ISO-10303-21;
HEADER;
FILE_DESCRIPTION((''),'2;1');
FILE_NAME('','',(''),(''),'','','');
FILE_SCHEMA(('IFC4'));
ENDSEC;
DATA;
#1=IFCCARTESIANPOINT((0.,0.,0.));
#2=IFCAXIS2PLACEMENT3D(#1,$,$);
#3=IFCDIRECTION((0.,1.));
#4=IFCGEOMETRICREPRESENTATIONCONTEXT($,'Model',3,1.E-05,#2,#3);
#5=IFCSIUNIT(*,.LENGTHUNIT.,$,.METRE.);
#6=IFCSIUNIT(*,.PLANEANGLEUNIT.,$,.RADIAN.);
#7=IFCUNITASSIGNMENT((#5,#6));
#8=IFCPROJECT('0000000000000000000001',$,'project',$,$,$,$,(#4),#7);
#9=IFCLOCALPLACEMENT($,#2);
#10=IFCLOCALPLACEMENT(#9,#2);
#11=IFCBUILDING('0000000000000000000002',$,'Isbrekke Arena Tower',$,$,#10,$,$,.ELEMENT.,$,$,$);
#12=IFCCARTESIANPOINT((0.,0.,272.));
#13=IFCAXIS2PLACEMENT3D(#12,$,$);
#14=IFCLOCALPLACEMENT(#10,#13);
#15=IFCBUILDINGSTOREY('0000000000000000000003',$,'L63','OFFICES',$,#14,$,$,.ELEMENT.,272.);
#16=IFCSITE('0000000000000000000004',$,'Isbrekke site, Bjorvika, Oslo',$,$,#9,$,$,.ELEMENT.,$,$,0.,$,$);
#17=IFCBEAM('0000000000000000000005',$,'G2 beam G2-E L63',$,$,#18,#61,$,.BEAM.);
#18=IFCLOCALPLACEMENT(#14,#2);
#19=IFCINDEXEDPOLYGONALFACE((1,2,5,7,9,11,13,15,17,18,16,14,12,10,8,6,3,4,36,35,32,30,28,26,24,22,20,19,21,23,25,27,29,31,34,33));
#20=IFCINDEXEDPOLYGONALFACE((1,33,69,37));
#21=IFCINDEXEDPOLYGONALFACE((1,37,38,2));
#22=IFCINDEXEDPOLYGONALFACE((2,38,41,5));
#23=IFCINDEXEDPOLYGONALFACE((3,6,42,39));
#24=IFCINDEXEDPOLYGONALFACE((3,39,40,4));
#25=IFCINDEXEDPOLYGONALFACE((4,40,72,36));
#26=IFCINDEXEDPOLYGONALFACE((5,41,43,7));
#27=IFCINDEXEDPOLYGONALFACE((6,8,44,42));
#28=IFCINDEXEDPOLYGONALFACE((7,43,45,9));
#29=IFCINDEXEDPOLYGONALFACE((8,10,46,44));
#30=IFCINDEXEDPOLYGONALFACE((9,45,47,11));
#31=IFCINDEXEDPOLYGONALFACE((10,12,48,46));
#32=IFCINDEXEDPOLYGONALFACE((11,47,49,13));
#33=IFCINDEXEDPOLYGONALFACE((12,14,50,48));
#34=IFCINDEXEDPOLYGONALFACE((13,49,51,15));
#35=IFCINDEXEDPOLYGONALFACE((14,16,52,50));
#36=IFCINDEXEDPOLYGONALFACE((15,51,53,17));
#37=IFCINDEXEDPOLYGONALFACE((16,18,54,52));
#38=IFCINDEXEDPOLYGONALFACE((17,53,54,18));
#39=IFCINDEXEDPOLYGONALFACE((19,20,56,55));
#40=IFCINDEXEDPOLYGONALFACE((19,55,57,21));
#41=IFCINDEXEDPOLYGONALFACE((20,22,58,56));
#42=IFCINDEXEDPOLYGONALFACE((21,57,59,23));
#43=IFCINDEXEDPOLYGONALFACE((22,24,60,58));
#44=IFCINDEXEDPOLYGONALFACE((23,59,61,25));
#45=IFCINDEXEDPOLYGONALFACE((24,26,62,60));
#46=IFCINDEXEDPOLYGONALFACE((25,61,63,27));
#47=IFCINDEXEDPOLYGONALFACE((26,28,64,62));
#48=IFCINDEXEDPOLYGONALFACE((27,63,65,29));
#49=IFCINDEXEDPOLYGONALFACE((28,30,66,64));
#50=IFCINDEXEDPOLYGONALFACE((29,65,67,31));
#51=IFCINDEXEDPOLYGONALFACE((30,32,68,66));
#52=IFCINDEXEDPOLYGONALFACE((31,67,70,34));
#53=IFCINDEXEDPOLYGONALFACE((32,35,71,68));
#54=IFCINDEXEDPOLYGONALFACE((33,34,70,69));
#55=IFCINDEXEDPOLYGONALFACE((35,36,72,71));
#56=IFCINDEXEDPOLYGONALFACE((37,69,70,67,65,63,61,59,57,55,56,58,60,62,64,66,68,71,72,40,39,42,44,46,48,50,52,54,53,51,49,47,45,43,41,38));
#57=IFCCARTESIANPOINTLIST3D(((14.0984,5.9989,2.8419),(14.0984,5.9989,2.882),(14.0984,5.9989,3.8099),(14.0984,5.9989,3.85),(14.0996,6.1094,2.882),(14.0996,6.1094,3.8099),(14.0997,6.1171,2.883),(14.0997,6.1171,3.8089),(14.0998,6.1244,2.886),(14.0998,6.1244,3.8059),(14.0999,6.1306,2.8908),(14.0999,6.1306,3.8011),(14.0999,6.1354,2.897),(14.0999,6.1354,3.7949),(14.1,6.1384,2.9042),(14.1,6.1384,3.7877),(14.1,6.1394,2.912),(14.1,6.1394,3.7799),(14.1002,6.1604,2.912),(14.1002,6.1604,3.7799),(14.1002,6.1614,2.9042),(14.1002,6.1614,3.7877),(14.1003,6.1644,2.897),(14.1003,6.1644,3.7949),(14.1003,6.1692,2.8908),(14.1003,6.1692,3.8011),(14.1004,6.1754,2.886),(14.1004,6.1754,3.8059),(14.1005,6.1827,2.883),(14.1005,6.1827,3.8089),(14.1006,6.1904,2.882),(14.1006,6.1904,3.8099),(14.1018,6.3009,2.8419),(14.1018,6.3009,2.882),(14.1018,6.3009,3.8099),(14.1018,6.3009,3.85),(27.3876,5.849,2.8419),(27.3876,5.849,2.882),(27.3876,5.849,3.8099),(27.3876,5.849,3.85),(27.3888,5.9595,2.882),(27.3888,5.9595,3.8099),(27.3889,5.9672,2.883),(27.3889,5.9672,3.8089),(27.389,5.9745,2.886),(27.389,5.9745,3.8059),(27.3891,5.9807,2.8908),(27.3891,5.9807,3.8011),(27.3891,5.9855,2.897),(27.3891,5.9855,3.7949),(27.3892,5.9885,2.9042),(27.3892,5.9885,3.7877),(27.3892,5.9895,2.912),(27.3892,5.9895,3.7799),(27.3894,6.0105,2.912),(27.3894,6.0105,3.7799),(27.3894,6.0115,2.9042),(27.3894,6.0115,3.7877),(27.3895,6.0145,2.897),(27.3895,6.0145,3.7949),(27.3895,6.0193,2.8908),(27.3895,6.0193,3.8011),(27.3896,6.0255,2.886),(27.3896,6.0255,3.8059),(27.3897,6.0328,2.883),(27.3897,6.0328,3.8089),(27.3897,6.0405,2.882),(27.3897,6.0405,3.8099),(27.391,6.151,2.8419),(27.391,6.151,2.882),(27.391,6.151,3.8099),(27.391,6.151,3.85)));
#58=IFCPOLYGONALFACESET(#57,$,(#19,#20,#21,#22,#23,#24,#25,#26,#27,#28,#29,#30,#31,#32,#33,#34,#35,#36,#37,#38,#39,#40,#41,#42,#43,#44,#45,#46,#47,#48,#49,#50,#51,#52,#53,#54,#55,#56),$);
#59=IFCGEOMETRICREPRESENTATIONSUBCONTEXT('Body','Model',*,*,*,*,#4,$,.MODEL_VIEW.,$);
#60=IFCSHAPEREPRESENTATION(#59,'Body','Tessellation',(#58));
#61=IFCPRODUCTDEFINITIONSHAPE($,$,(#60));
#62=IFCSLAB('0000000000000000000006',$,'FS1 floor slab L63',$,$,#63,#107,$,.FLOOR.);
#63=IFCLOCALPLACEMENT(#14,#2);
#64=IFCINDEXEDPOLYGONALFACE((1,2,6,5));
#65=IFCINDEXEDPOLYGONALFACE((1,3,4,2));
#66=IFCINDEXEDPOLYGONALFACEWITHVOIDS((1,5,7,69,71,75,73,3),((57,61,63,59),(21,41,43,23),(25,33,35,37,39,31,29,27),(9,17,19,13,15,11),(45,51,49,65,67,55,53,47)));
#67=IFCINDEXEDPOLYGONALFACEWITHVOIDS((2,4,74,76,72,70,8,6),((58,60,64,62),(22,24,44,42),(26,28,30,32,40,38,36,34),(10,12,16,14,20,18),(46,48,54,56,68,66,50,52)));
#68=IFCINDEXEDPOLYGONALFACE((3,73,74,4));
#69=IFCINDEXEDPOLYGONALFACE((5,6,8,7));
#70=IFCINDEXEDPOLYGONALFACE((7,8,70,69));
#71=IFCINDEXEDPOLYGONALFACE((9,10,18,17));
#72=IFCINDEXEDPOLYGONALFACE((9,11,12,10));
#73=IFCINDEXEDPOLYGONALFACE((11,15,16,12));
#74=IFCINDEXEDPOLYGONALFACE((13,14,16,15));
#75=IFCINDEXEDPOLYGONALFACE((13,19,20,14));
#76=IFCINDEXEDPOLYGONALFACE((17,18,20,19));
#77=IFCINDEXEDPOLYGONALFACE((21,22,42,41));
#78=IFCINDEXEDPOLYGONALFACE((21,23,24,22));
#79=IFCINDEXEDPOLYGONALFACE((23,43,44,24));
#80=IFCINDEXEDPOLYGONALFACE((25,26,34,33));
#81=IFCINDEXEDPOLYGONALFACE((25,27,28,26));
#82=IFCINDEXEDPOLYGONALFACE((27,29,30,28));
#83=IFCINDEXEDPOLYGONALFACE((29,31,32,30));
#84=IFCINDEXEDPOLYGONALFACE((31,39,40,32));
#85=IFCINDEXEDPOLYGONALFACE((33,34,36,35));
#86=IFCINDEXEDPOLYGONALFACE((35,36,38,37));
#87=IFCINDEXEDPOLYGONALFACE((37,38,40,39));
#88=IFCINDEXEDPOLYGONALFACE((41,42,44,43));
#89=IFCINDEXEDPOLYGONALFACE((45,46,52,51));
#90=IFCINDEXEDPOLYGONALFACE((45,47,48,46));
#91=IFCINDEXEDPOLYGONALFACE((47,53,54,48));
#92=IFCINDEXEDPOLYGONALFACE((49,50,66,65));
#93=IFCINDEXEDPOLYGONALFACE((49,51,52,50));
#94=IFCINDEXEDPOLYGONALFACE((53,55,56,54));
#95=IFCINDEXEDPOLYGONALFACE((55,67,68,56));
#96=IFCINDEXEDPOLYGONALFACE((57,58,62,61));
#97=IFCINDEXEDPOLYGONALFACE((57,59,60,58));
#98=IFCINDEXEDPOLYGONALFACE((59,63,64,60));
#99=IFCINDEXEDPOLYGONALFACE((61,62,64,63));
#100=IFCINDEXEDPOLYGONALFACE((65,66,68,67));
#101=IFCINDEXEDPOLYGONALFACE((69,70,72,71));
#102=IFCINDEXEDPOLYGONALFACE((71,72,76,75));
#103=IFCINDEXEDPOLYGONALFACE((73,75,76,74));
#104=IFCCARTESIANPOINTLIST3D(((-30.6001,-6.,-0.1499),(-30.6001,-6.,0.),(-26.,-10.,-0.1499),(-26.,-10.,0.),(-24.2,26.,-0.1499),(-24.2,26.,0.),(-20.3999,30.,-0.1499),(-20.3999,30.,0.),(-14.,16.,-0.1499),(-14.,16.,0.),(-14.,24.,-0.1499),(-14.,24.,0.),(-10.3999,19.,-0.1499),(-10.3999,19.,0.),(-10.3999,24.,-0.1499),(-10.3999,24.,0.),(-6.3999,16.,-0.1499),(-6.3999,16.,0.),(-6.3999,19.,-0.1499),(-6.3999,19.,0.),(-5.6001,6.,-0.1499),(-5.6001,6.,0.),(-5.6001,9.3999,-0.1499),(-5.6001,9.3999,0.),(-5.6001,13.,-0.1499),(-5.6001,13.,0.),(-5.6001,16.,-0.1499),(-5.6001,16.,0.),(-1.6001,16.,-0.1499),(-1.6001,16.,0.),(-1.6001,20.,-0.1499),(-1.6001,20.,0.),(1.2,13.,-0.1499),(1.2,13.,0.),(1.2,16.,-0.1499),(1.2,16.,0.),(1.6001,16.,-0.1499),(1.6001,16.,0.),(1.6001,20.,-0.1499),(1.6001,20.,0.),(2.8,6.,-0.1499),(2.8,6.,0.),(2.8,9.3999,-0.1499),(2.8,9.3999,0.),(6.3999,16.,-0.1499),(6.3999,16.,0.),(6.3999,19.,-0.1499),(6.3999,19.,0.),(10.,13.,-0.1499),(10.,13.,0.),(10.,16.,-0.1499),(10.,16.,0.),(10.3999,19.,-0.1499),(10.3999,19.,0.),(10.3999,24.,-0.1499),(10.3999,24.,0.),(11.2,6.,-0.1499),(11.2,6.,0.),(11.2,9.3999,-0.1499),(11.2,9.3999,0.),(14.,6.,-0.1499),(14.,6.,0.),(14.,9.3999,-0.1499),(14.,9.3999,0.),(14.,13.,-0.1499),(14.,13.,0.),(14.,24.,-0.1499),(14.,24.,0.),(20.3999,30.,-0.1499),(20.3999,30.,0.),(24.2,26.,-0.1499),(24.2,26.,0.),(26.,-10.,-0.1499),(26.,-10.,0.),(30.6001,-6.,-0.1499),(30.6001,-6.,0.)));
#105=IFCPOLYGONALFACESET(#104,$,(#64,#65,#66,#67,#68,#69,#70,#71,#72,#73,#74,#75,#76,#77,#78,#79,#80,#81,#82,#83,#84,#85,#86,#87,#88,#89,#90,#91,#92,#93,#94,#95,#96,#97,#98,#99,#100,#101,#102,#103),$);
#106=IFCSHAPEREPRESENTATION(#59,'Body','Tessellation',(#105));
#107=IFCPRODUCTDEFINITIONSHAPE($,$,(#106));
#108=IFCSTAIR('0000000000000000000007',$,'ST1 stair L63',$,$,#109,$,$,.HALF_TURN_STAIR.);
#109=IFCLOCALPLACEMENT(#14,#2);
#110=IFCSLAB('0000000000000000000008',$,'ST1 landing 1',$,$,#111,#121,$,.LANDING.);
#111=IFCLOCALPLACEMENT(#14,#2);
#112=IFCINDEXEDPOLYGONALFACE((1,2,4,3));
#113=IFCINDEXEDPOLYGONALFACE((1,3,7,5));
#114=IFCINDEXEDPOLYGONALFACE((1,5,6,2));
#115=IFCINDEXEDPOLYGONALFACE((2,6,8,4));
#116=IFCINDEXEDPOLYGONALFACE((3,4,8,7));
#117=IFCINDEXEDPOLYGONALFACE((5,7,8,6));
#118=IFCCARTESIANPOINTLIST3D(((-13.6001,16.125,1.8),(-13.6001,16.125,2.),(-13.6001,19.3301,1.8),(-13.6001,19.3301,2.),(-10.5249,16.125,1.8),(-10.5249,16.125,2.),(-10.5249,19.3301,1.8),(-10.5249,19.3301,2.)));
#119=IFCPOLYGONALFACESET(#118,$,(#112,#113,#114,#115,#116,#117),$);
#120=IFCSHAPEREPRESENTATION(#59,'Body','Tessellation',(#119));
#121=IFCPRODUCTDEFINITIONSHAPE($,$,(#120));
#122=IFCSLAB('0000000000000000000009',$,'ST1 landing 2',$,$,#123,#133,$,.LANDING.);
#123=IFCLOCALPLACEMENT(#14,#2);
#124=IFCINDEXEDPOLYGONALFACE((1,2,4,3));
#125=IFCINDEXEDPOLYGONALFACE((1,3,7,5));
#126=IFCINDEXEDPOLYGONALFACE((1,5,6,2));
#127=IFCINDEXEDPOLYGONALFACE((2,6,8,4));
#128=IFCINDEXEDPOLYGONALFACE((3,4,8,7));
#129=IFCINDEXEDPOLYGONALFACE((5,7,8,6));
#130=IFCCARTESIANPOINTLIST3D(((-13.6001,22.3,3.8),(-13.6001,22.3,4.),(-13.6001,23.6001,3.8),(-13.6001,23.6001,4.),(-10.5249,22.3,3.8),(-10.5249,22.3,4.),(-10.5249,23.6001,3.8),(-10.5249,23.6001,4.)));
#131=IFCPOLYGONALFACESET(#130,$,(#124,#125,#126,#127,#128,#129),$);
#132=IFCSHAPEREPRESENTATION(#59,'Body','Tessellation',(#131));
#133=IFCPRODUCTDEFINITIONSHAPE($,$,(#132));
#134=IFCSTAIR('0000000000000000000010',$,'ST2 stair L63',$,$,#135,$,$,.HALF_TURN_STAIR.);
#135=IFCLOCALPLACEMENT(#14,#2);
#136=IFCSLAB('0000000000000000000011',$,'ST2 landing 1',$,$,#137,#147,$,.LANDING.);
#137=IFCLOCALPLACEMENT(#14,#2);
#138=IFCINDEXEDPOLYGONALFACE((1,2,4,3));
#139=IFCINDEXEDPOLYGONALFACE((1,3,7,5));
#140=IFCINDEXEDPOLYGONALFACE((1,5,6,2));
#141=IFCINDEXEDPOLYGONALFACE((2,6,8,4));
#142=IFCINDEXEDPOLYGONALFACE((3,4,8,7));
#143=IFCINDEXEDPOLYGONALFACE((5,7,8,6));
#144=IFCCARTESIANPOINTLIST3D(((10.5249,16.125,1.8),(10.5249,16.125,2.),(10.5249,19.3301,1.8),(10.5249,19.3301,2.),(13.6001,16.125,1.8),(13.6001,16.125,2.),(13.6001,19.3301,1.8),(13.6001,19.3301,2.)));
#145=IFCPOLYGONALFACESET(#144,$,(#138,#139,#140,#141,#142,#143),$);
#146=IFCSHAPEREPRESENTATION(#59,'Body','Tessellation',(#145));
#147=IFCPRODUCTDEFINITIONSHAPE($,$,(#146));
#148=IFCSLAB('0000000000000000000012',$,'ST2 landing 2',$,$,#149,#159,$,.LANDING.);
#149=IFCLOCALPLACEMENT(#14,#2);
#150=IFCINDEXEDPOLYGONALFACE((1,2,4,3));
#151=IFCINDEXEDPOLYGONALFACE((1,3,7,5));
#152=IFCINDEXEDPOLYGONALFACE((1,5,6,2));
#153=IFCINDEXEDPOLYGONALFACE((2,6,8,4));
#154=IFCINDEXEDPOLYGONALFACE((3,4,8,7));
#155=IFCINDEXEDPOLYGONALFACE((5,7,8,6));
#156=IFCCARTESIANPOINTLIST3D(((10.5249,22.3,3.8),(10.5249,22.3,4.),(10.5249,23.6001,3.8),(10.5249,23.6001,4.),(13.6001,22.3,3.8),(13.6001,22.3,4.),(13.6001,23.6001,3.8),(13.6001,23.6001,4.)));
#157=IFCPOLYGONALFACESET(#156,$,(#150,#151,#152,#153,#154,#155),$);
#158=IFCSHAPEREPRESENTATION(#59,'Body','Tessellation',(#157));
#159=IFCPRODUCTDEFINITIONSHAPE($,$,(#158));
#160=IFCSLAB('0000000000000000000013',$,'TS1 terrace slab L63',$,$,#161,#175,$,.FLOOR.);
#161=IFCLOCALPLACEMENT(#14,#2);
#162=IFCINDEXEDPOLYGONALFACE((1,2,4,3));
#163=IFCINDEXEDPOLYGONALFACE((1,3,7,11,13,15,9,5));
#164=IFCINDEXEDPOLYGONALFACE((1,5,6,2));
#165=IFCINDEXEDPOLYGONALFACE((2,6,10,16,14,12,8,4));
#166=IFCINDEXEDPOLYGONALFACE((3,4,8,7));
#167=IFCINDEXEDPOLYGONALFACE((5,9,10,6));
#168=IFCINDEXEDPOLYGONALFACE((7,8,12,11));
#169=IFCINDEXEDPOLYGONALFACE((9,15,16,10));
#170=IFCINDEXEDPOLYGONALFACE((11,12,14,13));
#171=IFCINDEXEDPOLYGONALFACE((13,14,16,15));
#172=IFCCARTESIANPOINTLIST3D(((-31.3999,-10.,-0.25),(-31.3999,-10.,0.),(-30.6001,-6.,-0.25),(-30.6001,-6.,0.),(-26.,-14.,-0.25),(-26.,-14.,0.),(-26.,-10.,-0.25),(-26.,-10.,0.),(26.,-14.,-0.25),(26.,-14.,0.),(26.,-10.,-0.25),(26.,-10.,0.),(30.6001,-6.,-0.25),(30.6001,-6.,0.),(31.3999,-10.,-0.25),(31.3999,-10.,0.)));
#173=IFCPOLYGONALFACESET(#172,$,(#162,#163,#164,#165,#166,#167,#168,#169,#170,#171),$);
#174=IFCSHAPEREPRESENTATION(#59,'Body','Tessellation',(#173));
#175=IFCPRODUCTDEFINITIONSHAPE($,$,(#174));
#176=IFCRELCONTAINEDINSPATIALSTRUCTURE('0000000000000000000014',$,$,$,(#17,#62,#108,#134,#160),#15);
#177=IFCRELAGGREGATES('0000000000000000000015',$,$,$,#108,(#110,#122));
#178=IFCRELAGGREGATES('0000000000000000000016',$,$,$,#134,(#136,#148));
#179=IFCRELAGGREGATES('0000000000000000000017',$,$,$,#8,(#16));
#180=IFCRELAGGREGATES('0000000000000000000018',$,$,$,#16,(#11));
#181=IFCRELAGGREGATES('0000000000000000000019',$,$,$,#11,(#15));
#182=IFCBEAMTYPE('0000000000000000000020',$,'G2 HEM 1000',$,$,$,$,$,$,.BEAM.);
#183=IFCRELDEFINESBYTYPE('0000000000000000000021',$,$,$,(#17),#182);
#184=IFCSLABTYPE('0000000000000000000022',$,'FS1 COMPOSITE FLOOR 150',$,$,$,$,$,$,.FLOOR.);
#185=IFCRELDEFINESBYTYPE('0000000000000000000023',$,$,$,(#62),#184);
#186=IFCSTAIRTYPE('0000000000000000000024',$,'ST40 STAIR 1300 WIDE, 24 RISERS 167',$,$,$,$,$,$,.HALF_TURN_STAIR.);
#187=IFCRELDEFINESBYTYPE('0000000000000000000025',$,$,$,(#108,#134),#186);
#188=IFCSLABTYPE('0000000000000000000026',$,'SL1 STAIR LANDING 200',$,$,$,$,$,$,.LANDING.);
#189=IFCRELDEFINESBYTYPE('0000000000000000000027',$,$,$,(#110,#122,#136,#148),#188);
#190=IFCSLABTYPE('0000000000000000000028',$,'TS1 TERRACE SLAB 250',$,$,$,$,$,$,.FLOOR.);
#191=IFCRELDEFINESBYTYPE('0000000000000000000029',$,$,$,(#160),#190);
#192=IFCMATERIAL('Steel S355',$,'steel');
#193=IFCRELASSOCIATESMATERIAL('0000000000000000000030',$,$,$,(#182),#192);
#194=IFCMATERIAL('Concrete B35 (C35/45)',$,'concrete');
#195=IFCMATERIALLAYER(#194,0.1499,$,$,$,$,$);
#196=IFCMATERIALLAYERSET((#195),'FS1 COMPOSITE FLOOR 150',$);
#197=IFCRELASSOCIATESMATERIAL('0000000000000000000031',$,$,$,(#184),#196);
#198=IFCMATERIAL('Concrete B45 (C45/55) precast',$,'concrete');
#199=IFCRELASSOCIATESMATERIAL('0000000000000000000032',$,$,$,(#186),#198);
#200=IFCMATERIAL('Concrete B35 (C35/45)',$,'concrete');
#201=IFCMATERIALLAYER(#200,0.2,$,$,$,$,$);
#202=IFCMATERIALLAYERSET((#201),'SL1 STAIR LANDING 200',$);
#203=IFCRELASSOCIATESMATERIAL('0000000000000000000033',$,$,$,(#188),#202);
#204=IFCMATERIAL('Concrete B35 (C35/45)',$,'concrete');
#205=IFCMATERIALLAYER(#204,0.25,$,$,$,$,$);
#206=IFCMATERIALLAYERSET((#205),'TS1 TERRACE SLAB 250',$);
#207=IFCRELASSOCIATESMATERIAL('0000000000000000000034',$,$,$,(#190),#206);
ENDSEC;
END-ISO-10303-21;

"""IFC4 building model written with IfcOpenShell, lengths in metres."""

from ifc_helpers import new_model, si_unit, direction, frame, origin, origin_2d, place, context, subcontext, project, spatial, polyline, i_section, outline, extrude, material, layer, layer_set, material_profile, profile_set, type_object, element, aggregate, save


model = new_model("IFC4")

# Units and contexts
model_context = context("Model", 3, precision=1e-05, world=origin(), true_north=direction((0.0, 1.0)))
body_context = subcontext(model_context, "Body", "Model", "MODEL_VIEW")
ifc_project = project(units=[si_unit("LENGTHUNIT", "METRE"), si_unit("PLANEANGLEUNIT", "RADIAN")], contexts=[model_context])

# Site, building, storey
site_placement = place(None, origin())
site = spatial("IfcSite", under=ifc_project, at=site_placement, Name="Isbrekke site, Bjorvika, Oslo", CompositionType="ELEMENT", RefElevation=0.0)
building_placement = place(site_placement, origin())
building = spatial("IfcBuilding", under=site, at=building_placement, Name="Isbrekke Arena Tower", CompositionType="ELEMENT")
storey_placement = place(building_placement, frame((0.0, 0.0, 272.0)))
storey = spatial("IfcBuildingStorey", under=building, at=storey_placement, Name="L63", Description="OFFICES", CompositionType="ELEMENT", Elevation=272.0)

# Beam
ifc_material_1 = material(Name="Steel S355", Category="steel")
ifc_material_profile_1 = material_profile(ifc_material_1, i_section(OverallWidth=0.302, OverallDepth=1.0081, WebThickness=0.021, FlangeThickness=0.04, FilletRadius=0.03, at=origin_2d()), Name="HEM 1000")
ifc_profile_set_1 = profile_set([ifc_material_profile_1], Name="Steel S355")
beam_type_1 = type_object("IfcBeamType", Name="G2 HEM 1000", PredefinedType="BEAM", material=ifc_profile_set_1)
beam_1_placement = place(storey_placement, frame((14.1001, 6.1499, 3.3459), z_axis=(0.999936, -0.011279, 0.0), x_axis=(0.011279, 0.999936, 0.0)))
element("IfcBeam", 1, at=beam_1_placement, inside=storey, type_object=beam_type_1, Name="G2 beam G2-E L63", PredefinedType="BEAM", context=body_context, shape_type="SweptSolid", body=[
    extrude(i_section(OverallWidth=0.302, OverallDepth=1.0081, WebThickness=0.021, FlangeThickness=0.04, FilletRadius=0.03, at=origin_2d()), origin(), (0.0, 0.0, 1.0), 13.29),
])

# Slab
ifc_material_2 = material(Name="Concrete B35 (C35/45)", Category="concrete")
ifc_layer_1 = layer(ifc_material_2, 0.1499)
ifc_layer_set_1 = layer_set([ifc_layer_1], Name="FS1 COMPOSITE FLOOR 150")
slab_type_1 = type_object("IfcSlabType", Name="FS1 COMPOSITE FLOOR 150", PredefinedType="FLOOR", material=ifc_layer_set_1)
slab_1_placement = place(storey_placement, frame((0.0, 0.0, -0.1499)))
element("IfcSlab", 2, at=slab_1_placement, inside=storey, type_object=slab_type_1, Name="FS1 floor slab L63", PredefinedType="FLOOR", context=body_context, shape_type="SweptSolid", body=[
    extrude(outline(polyline([(-26.0, -10.0), (26.0, -10.0), (30.6001, -6.0), (24.2, 26.0), (20.3999, 30.0), (-20.3999, 30.0), (-24.2, 26.0), (-30.6001, -6.0), (-26.0, -10.0)]), holes=[polyline([(2.8, 9.3999), (2.8, 6.0), (-5.6001, 6.0), (-5.6001, 9.3999), (2.8, 9.3999)]), polyline([(11.2, 6.0), (11.2, 9.3999), (14.0, 9.3999), (14.0, 6.0), (11.2, 6.0)]), polyline([(-5.6001, 13.0), (-5.6001, 16.0), (-1.6001, 16.0), (-1.6001, 20.0), (1.6001, 20.0), (1.6001, 16.0), (1.2, 16.0), (1.2, 13.0), (-5.6001, 13.0)]), polyline([(14.0, 13.0), (10.0, 13.0), (10.0, 16.0), (6.3999, 16.0), (6.3999, 19.0), (10.3999, 19.0), (10.3999, 24.0), (14.0, 24.0), (14.0, 13.0)]), polyline([(-6.3999, 19.0), (-6.3999, 16.0), (-14.0, 16.0), (-14.0, 24.0), (-10.3999, 24.0), (-10.3999, 19.0), (-6.3999, 19.0)])]), origin(), (0.0, 0.0, 1.0), 0.1499),
])

# Stairs, slabs
ifc_material_3 = material(Name="Concrete B45 (C45/55) precast", Category="concrete")
stair_type = type_object("IfcStairType", Name="ST40 STAIR 1300 WIDE, 24 RISERS 167", PredefinedType="HALF_TURN_STAIR", material=ifc_material_3)
stair_1_placement = place(storey_placement, origin())
stair_1 = element("IfcStair", 3, at=stair_1_placement, inside=storey, type_object=stair_type, Name="ST1 stair L63", PredefinedType="HALF_TURN_STAIR")
ifc_material_4 = material(Name="Concrete B35 (C35/45)", Category="concrete")
ifc_layer_2 = layer(ifc_material_4, 0.2)
ifc_layer_set_2 = layer_set([ifc_layer_2], Name="SL1 STAIR LANDING 200")
slab_type_2 = type_object("IfcSlabType", Name="SL1 STAIR LANDING 200", PredefinedType="LANDING", material=ifc_layer_set_2)
slab_2_placement = place(storey_placement, frame((0.0, 0.0, 1.8)))
slab_2 = element("IfcSlab", 4, at=slab_2_placement, type_object=slab_type_2, Name="ST1 landing 1", PredefinedType="LANDING", context=body_context, shape_type="SweptSolid", body=[
    extrude(outline(polyline([(-13.6001, 16.125), (-10.5249, 16.125), (-10.5249, 19.3301), (-13.6001, 19.3301), (-13.6001, 16.125)])), origin(), (0.0, 0.0, 1.0), 0.2),
])
slab_3_placement = place(storey_placement, frame((0.0, 0.0, 3.8)))
slab_3 = element("IfcSlab", 5, at=slab_3_placement, type_object=slab_type_2, Name="ST1 landing 2", PredefinedType="LANDING", context=body_context, shape_type="SweptSolid", body=[
    extrude(outline(polyline([(-13.6001, 22.3), (-10.5249, 22.3), (-10.5249, 23.6001), (-13.6001, 23.6001), (-13.6001, 22.3)])), origin(), (0.0, 0.0, 1.0), 0.2),
])
aggregate(stair_1, [slab_2, slab_3])
stair_2_placement = place(storey_placement, origin())
stair_2 = element("IfcStair", 6, at=stair_2_placement, inside=storey, type_object=stair_type, Name="ST2 stair L63", PredefinedType="HALF_TURN_STAIR")
slab_4_placement = place(storey_placement, frame((0.0, 0.0, 1.8)))
slab_4 = element("IfcSlab", 7, at=slab_4_placement, type_object=slab_type_2, Name="ST2 landing 1", PredefinedType="LANDING", context=body_context, shape_type="SweptSolid", body=[
    extrude(outline(polyline([(10.5249, 16.125), (13.6001, 16.125), (13.6001, 19.3301), (10.5249, 19.3301), (10.5249, 16.125)])), origin(), (0.0, 0.0, 1.0), 0.2),
])
slab_5_placement = place(storey_placement, frame((0.0, 0.0, 3.8)))
slab_5 = element("IfcSlab", 8, at=slab_5_placement, type_object=slab_type_2, Name="ST2 landing 2", PredefinedType="LANDING", context=body_context, shape_type="SweptSolid", body=[
    extrude(outline(polyline([(10.5249, 22.3), (13.6001, 22.3), (13.6001, 23.6001), (10.5249, 23.6001), (10.5249, 22.3)])), origin(), (0.0, 0.0, 1.0), 0.2),
])
aggregate(stair_2, [slab_4, slab_5])

# Slab
ifc_material_5 = material(Name="Concrete B35 (C35/45)", Category="concrete")
ifc_layer_3 = layer(ifc_material_5, 0.25)
ifc_layer_set_3 = layer_set([ifc_layer_3], Name="TS1 TERRACE SLAB 250")
slab_type_3 = type_object("IfcSlabType", Name="TS1 TERRACE SLAB 250", PredefinedType="FLOOR", material=ifc_layer_set_3)
slab_6_placement = place(storey_placement, frame((0.0, 0.0, -0.25)))
element("IfcSlab", 9, at=slab_6_placement, inside=storey, type_object=slab_type_3, Name="TS1 terrace slab L63", PredefinedType="FLOOR", context=body_context, shape_type="SweptSolid", body=[
    extrude(outline(polyline([(-26.0, -14.0), (26.0, -14.0), (31.3999, -10.0), (30.6001, -6.0), (26.0, -10.0), (-26.0, -10.0), (-30.6001, -6.0), (-31.3999, -10.0), (-26.0, -14.0)])), origin(), (0.0, 0.0, 1.0), 0.25),
])

save(model, "model.ifc")
